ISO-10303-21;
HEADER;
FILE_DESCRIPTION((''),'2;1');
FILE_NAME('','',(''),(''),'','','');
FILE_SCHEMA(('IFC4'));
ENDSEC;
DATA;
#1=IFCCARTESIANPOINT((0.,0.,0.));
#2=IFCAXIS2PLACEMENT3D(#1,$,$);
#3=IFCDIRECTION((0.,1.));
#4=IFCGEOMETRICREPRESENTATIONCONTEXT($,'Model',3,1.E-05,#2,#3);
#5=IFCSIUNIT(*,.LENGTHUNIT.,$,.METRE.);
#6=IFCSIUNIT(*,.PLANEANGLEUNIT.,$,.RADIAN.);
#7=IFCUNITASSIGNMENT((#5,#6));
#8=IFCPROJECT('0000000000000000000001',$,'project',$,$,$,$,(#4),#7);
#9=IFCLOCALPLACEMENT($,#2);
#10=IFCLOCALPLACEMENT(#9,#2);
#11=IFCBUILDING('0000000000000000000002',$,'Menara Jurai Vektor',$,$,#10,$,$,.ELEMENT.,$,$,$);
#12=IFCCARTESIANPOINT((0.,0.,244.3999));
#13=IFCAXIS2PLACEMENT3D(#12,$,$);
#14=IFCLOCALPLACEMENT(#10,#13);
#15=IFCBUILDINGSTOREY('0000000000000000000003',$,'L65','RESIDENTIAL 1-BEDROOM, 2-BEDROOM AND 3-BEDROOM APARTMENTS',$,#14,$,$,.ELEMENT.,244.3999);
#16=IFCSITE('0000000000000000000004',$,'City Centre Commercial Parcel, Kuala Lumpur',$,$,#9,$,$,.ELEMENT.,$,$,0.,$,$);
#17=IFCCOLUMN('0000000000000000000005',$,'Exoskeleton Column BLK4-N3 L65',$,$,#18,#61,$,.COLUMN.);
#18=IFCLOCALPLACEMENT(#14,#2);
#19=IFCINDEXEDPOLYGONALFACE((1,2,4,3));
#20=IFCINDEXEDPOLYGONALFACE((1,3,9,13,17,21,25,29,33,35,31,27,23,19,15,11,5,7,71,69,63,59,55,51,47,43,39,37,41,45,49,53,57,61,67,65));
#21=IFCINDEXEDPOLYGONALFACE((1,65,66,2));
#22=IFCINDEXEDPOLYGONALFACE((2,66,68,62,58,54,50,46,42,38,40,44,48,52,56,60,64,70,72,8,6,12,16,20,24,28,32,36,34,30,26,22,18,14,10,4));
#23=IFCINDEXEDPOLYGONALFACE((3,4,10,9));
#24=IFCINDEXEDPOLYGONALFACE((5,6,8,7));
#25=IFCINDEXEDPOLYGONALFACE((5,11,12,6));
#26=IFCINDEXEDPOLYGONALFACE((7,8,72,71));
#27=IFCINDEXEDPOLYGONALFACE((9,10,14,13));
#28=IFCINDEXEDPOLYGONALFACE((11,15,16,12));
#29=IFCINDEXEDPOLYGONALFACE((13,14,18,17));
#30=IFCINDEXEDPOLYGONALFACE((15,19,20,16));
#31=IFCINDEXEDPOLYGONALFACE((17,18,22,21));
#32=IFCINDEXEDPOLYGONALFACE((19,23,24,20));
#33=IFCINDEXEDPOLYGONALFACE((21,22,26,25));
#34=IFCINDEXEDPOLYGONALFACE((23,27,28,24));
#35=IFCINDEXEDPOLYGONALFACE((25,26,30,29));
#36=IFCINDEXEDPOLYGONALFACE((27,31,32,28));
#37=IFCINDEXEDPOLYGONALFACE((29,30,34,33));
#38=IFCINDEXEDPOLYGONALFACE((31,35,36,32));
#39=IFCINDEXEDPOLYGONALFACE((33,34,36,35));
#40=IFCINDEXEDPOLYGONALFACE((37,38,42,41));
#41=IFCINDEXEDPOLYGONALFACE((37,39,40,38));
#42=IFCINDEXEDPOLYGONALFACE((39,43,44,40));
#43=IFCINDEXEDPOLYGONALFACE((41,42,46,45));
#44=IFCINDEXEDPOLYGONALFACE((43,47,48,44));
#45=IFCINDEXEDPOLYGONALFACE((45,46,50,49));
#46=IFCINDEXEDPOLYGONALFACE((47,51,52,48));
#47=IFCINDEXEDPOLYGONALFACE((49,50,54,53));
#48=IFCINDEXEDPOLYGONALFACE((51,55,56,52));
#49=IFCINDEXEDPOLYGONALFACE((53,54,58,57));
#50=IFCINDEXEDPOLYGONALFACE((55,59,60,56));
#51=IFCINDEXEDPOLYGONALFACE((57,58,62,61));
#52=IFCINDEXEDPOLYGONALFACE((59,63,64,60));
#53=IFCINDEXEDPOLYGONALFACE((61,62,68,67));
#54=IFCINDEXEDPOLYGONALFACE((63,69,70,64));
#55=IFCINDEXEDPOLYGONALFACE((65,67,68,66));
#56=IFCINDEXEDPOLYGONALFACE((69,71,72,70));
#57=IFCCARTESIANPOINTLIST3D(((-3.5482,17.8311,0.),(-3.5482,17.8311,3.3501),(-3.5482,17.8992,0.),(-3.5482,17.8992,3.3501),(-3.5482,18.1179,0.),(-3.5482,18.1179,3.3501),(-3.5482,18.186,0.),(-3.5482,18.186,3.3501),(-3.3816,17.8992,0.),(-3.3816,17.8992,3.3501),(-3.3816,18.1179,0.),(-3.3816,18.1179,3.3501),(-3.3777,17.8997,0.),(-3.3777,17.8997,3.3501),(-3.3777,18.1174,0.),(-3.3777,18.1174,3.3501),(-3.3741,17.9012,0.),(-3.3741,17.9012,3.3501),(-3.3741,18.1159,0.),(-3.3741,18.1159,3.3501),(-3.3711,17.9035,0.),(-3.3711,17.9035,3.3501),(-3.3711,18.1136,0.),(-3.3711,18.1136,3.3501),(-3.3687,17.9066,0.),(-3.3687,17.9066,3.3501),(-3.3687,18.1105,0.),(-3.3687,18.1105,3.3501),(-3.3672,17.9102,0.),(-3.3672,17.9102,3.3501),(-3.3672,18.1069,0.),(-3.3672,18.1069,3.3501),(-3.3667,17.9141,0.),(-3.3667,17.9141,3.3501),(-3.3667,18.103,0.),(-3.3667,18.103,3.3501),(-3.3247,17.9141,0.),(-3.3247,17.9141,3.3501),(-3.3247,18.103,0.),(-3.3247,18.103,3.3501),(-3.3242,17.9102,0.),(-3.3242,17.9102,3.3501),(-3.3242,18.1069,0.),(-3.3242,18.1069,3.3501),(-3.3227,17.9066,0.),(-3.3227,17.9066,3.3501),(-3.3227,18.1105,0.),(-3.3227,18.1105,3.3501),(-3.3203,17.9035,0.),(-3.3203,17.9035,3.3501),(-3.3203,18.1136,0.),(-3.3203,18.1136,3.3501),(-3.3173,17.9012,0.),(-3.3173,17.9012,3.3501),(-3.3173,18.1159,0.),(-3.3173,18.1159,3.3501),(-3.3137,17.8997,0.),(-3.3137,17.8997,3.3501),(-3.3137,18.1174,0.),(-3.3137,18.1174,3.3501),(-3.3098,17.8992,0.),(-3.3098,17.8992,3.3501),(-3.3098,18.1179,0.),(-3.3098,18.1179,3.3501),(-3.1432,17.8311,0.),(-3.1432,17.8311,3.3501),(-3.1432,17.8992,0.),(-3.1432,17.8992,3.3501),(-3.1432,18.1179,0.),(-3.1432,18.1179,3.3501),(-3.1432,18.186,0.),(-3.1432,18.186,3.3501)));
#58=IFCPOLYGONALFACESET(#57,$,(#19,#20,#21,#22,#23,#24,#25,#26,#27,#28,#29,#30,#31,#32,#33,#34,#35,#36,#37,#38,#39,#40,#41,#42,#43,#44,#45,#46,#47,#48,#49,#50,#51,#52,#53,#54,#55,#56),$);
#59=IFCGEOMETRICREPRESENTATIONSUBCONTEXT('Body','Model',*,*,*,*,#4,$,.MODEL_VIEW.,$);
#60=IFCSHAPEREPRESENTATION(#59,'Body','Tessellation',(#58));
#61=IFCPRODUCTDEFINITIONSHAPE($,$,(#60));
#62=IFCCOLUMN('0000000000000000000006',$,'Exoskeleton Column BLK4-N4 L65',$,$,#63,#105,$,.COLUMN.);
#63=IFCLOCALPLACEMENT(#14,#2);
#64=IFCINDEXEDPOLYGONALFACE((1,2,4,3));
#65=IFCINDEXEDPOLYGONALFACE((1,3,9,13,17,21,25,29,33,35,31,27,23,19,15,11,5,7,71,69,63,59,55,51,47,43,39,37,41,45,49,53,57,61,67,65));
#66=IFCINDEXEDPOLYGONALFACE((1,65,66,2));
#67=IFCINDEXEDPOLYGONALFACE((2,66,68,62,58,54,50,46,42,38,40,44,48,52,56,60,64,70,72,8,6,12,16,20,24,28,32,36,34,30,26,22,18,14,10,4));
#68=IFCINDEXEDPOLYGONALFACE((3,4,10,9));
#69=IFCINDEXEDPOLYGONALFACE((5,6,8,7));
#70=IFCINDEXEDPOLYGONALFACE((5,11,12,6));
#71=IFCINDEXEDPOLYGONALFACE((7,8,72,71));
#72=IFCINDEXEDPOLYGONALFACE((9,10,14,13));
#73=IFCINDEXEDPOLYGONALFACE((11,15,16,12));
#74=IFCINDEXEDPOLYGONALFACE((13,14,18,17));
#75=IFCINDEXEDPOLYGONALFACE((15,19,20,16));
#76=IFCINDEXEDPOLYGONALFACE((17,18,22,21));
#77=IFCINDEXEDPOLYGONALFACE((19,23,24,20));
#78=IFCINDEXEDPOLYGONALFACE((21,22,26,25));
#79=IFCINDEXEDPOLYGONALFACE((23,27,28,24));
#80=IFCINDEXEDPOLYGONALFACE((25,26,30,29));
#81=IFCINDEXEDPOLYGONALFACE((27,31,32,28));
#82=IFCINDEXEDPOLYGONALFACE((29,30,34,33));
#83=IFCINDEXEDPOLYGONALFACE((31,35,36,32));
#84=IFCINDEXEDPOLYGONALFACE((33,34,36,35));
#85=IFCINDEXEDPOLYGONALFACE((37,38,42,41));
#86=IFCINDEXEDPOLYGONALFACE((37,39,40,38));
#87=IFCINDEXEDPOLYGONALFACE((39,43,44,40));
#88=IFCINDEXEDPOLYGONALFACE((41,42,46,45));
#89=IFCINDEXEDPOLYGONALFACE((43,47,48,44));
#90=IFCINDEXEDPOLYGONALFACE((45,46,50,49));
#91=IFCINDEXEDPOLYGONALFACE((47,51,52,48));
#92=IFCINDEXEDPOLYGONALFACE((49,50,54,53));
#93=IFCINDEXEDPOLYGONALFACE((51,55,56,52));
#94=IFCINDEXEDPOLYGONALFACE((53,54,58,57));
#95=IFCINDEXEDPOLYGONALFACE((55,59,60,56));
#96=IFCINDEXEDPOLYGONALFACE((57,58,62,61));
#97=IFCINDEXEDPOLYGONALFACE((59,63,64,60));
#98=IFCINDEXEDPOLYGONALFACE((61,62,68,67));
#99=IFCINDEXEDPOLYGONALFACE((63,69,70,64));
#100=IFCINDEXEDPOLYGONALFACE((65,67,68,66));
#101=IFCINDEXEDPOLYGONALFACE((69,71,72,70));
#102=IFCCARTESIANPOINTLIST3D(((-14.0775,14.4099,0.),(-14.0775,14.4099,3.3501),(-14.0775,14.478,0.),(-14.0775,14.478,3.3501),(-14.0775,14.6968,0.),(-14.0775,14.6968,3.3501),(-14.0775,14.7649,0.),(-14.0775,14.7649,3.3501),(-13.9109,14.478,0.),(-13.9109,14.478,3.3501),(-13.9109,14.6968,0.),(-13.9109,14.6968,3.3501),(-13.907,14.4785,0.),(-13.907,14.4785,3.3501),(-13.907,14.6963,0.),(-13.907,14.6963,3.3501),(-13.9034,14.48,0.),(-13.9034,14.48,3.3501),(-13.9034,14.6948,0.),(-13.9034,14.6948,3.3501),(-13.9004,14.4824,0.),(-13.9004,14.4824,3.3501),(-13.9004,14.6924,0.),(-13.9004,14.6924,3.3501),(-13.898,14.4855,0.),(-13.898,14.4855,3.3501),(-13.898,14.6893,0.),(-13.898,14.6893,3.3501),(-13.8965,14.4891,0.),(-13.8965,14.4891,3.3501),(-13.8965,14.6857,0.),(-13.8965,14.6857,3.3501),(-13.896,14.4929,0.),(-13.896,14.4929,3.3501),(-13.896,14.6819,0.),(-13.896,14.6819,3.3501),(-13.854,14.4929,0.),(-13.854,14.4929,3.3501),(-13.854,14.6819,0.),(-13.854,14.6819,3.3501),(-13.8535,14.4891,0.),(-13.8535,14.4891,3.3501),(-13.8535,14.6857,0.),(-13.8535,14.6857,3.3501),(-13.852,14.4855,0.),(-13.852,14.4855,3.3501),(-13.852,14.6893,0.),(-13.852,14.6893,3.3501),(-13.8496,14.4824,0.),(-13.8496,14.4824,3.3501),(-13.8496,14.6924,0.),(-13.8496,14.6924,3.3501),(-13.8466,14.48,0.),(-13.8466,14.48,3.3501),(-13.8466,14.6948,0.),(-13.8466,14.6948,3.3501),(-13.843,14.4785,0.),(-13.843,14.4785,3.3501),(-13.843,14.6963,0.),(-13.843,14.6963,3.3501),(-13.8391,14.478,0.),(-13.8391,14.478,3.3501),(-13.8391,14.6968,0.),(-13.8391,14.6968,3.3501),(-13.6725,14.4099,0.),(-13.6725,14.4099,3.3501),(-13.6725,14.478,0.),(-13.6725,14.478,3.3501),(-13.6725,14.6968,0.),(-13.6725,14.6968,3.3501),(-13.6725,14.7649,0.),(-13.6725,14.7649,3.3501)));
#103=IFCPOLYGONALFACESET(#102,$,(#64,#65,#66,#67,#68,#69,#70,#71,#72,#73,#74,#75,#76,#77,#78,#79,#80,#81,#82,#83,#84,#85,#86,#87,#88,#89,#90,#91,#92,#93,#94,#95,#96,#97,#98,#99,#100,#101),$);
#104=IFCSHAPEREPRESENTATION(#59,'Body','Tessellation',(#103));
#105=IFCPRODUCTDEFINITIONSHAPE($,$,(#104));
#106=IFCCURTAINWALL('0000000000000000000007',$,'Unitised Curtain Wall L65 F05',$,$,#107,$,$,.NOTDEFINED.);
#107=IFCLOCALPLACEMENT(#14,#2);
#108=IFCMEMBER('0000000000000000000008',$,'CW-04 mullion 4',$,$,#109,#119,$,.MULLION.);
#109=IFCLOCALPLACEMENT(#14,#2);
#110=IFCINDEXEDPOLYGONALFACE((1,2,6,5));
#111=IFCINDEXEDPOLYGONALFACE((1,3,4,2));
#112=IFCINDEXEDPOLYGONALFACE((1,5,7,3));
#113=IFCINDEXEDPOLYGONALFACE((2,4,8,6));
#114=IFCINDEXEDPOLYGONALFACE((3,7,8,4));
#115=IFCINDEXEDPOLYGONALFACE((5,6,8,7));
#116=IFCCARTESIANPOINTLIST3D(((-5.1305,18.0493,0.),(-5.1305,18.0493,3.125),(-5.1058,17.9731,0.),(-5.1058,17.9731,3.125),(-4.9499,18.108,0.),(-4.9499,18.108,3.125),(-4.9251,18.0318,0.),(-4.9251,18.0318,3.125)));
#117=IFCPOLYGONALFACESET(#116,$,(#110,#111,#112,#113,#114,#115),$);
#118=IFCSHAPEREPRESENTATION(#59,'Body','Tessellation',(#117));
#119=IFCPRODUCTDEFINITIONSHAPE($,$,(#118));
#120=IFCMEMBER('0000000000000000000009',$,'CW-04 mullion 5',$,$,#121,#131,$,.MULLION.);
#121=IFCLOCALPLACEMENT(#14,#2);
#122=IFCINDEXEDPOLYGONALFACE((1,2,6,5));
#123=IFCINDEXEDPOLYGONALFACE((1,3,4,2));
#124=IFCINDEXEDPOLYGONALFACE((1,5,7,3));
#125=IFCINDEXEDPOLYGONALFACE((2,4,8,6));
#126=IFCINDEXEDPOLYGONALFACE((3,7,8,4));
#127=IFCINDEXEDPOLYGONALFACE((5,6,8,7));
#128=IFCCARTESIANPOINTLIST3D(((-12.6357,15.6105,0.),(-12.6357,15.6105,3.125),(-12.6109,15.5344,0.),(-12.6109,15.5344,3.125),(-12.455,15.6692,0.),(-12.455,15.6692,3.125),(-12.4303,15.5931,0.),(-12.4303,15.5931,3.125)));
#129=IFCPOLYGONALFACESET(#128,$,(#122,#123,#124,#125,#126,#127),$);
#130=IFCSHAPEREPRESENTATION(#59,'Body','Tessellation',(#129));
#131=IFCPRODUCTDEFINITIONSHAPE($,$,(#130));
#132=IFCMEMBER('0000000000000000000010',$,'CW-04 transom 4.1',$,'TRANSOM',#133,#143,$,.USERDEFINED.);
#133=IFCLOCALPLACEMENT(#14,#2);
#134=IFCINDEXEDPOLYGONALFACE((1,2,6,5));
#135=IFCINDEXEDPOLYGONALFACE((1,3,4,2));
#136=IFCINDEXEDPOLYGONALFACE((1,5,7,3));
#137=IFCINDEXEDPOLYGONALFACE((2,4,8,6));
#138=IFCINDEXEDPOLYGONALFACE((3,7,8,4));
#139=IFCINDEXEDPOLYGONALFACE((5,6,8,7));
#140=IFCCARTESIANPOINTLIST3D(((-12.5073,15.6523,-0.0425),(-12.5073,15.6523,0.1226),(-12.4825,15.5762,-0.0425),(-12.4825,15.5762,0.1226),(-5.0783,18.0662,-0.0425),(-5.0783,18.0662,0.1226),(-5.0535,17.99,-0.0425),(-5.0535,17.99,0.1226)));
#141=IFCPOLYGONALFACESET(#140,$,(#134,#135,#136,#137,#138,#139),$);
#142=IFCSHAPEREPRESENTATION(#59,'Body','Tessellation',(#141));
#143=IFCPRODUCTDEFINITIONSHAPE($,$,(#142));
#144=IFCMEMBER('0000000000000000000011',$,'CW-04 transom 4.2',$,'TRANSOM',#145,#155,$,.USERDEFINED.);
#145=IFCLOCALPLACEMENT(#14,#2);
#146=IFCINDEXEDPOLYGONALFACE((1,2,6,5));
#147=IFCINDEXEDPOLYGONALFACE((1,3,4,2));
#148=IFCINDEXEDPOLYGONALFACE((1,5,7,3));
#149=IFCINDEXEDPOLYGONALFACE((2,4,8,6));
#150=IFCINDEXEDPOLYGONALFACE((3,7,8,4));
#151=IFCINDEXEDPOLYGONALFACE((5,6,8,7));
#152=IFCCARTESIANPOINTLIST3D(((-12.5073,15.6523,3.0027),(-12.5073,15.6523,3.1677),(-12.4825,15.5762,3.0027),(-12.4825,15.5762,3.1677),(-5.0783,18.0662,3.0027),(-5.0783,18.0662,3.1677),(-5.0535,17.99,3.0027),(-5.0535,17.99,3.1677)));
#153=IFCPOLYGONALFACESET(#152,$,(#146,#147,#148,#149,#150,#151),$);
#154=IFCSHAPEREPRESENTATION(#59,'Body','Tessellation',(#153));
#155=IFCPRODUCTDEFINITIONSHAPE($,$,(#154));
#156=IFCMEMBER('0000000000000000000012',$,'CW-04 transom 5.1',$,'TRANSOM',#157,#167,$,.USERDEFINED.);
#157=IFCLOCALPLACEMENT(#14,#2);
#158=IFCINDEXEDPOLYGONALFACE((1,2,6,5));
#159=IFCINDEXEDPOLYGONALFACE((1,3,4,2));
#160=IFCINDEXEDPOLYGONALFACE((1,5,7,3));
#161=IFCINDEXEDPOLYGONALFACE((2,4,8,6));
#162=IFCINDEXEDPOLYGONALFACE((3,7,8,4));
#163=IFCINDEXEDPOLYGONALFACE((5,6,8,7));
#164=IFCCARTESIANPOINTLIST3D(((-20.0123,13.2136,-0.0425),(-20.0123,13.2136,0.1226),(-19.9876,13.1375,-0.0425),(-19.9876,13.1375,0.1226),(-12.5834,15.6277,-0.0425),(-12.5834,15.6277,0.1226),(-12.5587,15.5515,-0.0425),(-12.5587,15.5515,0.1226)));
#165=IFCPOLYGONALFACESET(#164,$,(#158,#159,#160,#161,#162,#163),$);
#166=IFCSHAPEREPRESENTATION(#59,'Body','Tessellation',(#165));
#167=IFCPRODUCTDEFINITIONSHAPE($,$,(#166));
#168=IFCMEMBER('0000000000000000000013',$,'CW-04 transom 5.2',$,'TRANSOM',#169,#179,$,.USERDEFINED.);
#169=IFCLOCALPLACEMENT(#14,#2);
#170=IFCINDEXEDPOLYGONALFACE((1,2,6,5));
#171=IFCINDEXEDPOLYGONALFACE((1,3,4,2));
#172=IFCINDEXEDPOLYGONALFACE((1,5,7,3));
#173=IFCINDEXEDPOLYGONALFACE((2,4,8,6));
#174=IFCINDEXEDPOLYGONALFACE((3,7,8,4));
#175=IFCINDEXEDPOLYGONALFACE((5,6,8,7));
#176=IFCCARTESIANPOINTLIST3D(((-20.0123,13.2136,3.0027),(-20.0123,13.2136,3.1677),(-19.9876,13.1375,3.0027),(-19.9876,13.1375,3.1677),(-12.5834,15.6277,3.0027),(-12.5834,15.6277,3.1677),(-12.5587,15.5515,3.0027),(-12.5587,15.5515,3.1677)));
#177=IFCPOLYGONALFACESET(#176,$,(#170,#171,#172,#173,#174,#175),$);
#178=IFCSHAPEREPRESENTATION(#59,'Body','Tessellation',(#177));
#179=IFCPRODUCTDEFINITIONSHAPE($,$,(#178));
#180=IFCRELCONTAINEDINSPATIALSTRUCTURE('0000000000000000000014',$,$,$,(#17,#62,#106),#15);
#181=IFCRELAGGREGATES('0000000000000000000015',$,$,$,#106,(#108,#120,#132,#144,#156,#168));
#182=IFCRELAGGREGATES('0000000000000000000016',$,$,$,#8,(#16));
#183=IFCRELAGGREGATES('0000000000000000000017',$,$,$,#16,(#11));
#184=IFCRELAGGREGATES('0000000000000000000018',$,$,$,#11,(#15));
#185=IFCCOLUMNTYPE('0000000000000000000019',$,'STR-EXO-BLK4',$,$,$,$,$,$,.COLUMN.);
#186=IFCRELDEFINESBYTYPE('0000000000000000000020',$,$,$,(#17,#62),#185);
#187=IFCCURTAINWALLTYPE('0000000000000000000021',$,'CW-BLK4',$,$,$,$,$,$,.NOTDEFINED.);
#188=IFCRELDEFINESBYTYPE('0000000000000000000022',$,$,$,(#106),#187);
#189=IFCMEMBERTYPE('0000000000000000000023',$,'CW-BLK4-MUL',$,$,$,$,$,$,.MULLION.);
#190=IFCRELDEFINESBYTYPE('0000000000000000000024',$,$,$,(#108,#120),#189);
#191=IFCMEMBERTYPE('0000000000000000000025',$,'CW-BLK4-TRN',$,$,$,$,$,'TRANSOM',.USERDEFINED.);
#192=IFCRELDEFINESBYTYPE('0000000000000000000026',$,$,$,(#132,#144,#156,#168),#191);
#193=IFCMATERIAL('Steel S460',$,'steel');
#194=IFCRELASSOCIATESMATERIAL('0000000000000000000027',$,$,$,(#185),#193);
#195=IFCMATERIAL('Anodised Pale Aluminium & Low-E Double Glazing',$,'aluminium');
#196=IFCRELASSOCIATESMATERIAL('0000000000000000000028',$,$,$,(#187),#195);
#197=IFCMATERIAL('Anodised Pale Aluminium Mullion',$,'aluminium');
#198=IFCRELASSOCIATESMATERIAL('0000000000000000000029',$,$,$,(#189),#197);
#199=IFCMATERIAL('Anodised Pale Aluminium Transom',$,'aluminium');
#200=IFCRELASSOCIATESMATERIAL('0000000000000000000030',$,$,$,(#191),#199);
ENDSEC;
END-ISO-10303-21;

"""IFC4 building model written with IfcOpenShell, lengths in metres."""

from ifc_helpers import new_model, si_unit, direction, frame, origin, origin_2d, place, context, subcontext, project, spatial, rectangle, i_section, extrude, material, material_profile, profile_set, type_object, element, aggregate, save


model = new_model("IFC4")

# Units and contexts
model_context = context("Model", 3, precision=1e-05, world=origin(), true_north=direction((0.0, 1.0)))
body_context = subcontext(model_context, "Body", "Model", "MODEL_VIEW")
ifc_project = project(units=[si_unit("LENGTHUNIT", "METRE"), si_unit("PLANEANGLEUNIT", "RADIAN")], contexts=[model_context])

# Site, building, storey
site_placement = place(None, origin())
site = spatial("IfcSite", under=ifc_project, at=site_placement, Name="City Centre Commercial Parcel, Kuala Lumpur", CompositionType="ELEMENT", RefElevation=0.0)
building_placement = place(site_placement, origin())
building = spatial("IfcBuilding", under=site, at=building_placement, Name="Menara Jurai Vektor", CompositionType="ELEMENT")
storey_placement = place(building_placement, frame((0.0, 0.0, 244.3999)))
storey = spatial("IfcBuildingStorey", under=building, at=storey_placement, Name="L65", Description="RESIDENTIAL 1-BEDROOM, 2-BEDROOM AND 3-BEDROOM APARTMENTS", CompositionType="ELEMENT", Elevation=244.3999)

# Columns
ifc_material_1 = material(Name="Steel S460", Category="steel")
ifc_material_profile_1 = material_profile(ifc_material_1, i_section(OverallWidth=0.405, OverallDepth=0.355, WebThickness=0.042, FlangeThickness=0.0681, FilletRadius=0.0149, at=origin_2d()), Name="HD 400x551")
ifc_profile_set_1 = profile_set([ifc_material_profile_1], Name="Steel S460")
column_type = type_object("IfcColumnType", Name="STR-EXO-BLK4", PredefinedType="COLUMN", material=ifc_profile_set_1)
for number, where, z_axis, x_axis, name in (
    (1, (-3.3457, 18.0085, 0.0), (0.0, 0.0, 1.0), (1.0, 0.0, 0.0), "Exoskeleton Column BLK4-N3 L65"),
    (2, (-13.875, 14.5874, 0.0), (0.0, 0.0, 1.0), (1.0, 0.0, 0.0), "Exoskeleton Column BLK4-N4 L65"),
):
    element("IfcColumn", number, at=place(storey_placement, frame(where, z_axis=z_axis, x_axis=x_axis)), inside=storey, type_object=column_type, Name=name, PredefinedType="COLUMN", context=body_context, shape_type="SweptSolid", body=[
        extrude(i_section(OverallWidth=0.405, OverallDepth=0.355, WebThickness=0.042, FlangeThickness=0.0681, FilletRadius=0.0149, at=origin_2d()), origin(), (0.0, 0.0, 1.0), 3.3501),
    ])

# Curtain wall, members
ifc_material_2 = material(Name="Anodised Pale Aluminium & Low-E Double Glazing", Category="aluminium")
curtain_wall_type = type_object("IfcCurtainWallType", Name="CW-BLK4", PredefinedType="NOTDEFINED", material=ifc_material_2)
curtain_wall_placement = place(storey_placement, origin())
curtain_wall = element("IfcCurtainWall", 3, at=curtain_wall_placement, inside=storey, type_object=curtain_wall_type, Name="Unitised Curtain Wall L65 F05", PredefinedType="NOTDEFINED")
ifc_material_3 = material(Name="Anodised Pale Aluminium Mullion", Category="aluminium")
ifc_material_profile_2 = material_profile(ifc_material_3, rectangle(XDim=0.0801, YDim=0.1899, at=origin_2d()), Name="ALU MUL 80x190")
ifc_profile_set_2 = profile_set([ifc_material_profile_2], Name="Anodised Pale Aluminium Mullion")
member_type_1 = type_object("IfcMemberType", Name="CW-BLK4-MUL", PredefinedType="MULLION", material=ifc_profile_set_2)
member_1_placement = place(storey_placement, frame((-5.0278, 18.0405, 0.0), z_axis=(0.0, 0.0, 1.0), x_axis=(0.309017, -0.951056, 0.0)))
member_1 = element("IfcMember", 4, at=member_1_placement, type_object=member_type_1, Name="CW-04 mullion 4", PredefinedType="MULLION", context=body_context, shape_type="SweptSolid", body=[
    extrude(rectangle(XDim=0.0801, YDim=0.1899, at=origin_2d()), origin(), (0.0, 0.0, 1.0), 3.125),
])
member_2_placement = place(storey_placement, frame((-12.533, 15.6018, 0.0), z_axis=(0.0, 0.0, 1.0), x_axis=(0.309017, -0.951056, 0.0)))
member_2 = element("IfcMember", 5, at=member_2_placement, type_object=member_type_1, Name="CW-04 mullion 5", PredefinedType="MULLION", context=body_context, shape_type="SweptSolid", body=[
    extrude(rectangle(XDim=0.0801, YDim=0.1899, at=origin_2d()), origin(), (0.0, 0.0, 1.0), 3.125),
])
ifc_material_4 = material(Name="Anodised Pale Aluminium Transom", Category="aluminium")
ifc_material_profile_3 = material_profile(ifc_material_4, rectangle(XDim=0.0801, YDim=0.165, at=origin_2d()), Name="ALU TRN 80x165")
ifc_profile_set_3 = profile_set([ifc_material_profile_3], Name="Anodised Pale Aluminium Transom")
member_type_2 = type_object("IfcMemberType", Name="CW-BLK4-TRN", ElementType="TRANSOM", PredefinedType="USERDEFINED", material=ifc_profile_set_3)
member_3_placement = place(storey_placement, frame((-5.0659, 18.0281, 0.04), z_axis=(-0.951056, -0.309018, 0.0), x_axis=(0.309018, -0.951056, 0.0)))
member_3 = element("IfcMember", 6, at=member_3_placement, type_object=member_type_2, Name="CW-04 transom 4.1", ObjectType="TRANSOM", PredefinedType="USERDEFINED", context=body_context, shape_type="SweptSolid", body=[
    extrude(rectangle(XDim=0.0801, YDim=0.165, at=origin_2d()), origin(), (0.0, 0.0, 1.0), 7.8113),
])
member_4_placement = place(storey_placement, frame((-5.0659, 18.0281, 3.0852), z_axis=(-0.951056, -0.309018, 0.0), x_axis=(0.309018, -0.951056, 0.0)))
member_4 = element("IfcMember", 7, at=member_4_placement, type_object=member_type_2, Name="CW-04 transom 4.2", ObjectType="TRANSOM", PredefinedType="USERDEFINED", context=body_context, shape_type="SweptSolid", body=[
    extrude(rectangle(XDim=0.0801, YDim=0.165, at=origin_2d()), origin(), (0.0, 0.0, 1.0), 7.8113),
])
member_5_placement = place(storey_placement, frame((-12.571, 15.5896, 0.04), z_axis=(-0.951047, -0.309046, 0.0), x_axis=(0.309046, -0.951047, 0.0)))
member_5 = element("IfcMember", 8, at=member_5_placement, type_object=member_type_2, Name="CW-04 transom 5.1", ObjectType="TRANSOM", PredefinedType="USERDEFINED", context=body_context, shape_type="SweptSolid", body=[
    extrude(rectangle(XDim=0.0801, YDim=0.165, at=origin_2d()), origin(), (0.0, 0.0, 1.0), 7.8113),
])
member_6_placement = place(storey_placement, frame((-12.571, 15.5896, 3.0852), z_axis=(-0.951047, -0.309046, 0.0), x_axis=(0.309046, -0.951047, 0.0)))
member_6 = element("IfcMember", 9, at=member_6_placement, type_object=member_type_2, Name="CW-04 transom 5.2", ObjectType="TRANSOM", PredefinedType="USERDEFINED", context=body_context, shape_type="SweptSolid", body=[
    extrude(rectangle(XDim=0.0801, YDim=0.165, at=origin_2d()), origin(), (0.0, 0.0, 1.0), 7.8113),
])

aggregate(curtain_wall, [member_1, member_2, member_3, member_4, member_5, member_6])

save(model, "model.ifc")
